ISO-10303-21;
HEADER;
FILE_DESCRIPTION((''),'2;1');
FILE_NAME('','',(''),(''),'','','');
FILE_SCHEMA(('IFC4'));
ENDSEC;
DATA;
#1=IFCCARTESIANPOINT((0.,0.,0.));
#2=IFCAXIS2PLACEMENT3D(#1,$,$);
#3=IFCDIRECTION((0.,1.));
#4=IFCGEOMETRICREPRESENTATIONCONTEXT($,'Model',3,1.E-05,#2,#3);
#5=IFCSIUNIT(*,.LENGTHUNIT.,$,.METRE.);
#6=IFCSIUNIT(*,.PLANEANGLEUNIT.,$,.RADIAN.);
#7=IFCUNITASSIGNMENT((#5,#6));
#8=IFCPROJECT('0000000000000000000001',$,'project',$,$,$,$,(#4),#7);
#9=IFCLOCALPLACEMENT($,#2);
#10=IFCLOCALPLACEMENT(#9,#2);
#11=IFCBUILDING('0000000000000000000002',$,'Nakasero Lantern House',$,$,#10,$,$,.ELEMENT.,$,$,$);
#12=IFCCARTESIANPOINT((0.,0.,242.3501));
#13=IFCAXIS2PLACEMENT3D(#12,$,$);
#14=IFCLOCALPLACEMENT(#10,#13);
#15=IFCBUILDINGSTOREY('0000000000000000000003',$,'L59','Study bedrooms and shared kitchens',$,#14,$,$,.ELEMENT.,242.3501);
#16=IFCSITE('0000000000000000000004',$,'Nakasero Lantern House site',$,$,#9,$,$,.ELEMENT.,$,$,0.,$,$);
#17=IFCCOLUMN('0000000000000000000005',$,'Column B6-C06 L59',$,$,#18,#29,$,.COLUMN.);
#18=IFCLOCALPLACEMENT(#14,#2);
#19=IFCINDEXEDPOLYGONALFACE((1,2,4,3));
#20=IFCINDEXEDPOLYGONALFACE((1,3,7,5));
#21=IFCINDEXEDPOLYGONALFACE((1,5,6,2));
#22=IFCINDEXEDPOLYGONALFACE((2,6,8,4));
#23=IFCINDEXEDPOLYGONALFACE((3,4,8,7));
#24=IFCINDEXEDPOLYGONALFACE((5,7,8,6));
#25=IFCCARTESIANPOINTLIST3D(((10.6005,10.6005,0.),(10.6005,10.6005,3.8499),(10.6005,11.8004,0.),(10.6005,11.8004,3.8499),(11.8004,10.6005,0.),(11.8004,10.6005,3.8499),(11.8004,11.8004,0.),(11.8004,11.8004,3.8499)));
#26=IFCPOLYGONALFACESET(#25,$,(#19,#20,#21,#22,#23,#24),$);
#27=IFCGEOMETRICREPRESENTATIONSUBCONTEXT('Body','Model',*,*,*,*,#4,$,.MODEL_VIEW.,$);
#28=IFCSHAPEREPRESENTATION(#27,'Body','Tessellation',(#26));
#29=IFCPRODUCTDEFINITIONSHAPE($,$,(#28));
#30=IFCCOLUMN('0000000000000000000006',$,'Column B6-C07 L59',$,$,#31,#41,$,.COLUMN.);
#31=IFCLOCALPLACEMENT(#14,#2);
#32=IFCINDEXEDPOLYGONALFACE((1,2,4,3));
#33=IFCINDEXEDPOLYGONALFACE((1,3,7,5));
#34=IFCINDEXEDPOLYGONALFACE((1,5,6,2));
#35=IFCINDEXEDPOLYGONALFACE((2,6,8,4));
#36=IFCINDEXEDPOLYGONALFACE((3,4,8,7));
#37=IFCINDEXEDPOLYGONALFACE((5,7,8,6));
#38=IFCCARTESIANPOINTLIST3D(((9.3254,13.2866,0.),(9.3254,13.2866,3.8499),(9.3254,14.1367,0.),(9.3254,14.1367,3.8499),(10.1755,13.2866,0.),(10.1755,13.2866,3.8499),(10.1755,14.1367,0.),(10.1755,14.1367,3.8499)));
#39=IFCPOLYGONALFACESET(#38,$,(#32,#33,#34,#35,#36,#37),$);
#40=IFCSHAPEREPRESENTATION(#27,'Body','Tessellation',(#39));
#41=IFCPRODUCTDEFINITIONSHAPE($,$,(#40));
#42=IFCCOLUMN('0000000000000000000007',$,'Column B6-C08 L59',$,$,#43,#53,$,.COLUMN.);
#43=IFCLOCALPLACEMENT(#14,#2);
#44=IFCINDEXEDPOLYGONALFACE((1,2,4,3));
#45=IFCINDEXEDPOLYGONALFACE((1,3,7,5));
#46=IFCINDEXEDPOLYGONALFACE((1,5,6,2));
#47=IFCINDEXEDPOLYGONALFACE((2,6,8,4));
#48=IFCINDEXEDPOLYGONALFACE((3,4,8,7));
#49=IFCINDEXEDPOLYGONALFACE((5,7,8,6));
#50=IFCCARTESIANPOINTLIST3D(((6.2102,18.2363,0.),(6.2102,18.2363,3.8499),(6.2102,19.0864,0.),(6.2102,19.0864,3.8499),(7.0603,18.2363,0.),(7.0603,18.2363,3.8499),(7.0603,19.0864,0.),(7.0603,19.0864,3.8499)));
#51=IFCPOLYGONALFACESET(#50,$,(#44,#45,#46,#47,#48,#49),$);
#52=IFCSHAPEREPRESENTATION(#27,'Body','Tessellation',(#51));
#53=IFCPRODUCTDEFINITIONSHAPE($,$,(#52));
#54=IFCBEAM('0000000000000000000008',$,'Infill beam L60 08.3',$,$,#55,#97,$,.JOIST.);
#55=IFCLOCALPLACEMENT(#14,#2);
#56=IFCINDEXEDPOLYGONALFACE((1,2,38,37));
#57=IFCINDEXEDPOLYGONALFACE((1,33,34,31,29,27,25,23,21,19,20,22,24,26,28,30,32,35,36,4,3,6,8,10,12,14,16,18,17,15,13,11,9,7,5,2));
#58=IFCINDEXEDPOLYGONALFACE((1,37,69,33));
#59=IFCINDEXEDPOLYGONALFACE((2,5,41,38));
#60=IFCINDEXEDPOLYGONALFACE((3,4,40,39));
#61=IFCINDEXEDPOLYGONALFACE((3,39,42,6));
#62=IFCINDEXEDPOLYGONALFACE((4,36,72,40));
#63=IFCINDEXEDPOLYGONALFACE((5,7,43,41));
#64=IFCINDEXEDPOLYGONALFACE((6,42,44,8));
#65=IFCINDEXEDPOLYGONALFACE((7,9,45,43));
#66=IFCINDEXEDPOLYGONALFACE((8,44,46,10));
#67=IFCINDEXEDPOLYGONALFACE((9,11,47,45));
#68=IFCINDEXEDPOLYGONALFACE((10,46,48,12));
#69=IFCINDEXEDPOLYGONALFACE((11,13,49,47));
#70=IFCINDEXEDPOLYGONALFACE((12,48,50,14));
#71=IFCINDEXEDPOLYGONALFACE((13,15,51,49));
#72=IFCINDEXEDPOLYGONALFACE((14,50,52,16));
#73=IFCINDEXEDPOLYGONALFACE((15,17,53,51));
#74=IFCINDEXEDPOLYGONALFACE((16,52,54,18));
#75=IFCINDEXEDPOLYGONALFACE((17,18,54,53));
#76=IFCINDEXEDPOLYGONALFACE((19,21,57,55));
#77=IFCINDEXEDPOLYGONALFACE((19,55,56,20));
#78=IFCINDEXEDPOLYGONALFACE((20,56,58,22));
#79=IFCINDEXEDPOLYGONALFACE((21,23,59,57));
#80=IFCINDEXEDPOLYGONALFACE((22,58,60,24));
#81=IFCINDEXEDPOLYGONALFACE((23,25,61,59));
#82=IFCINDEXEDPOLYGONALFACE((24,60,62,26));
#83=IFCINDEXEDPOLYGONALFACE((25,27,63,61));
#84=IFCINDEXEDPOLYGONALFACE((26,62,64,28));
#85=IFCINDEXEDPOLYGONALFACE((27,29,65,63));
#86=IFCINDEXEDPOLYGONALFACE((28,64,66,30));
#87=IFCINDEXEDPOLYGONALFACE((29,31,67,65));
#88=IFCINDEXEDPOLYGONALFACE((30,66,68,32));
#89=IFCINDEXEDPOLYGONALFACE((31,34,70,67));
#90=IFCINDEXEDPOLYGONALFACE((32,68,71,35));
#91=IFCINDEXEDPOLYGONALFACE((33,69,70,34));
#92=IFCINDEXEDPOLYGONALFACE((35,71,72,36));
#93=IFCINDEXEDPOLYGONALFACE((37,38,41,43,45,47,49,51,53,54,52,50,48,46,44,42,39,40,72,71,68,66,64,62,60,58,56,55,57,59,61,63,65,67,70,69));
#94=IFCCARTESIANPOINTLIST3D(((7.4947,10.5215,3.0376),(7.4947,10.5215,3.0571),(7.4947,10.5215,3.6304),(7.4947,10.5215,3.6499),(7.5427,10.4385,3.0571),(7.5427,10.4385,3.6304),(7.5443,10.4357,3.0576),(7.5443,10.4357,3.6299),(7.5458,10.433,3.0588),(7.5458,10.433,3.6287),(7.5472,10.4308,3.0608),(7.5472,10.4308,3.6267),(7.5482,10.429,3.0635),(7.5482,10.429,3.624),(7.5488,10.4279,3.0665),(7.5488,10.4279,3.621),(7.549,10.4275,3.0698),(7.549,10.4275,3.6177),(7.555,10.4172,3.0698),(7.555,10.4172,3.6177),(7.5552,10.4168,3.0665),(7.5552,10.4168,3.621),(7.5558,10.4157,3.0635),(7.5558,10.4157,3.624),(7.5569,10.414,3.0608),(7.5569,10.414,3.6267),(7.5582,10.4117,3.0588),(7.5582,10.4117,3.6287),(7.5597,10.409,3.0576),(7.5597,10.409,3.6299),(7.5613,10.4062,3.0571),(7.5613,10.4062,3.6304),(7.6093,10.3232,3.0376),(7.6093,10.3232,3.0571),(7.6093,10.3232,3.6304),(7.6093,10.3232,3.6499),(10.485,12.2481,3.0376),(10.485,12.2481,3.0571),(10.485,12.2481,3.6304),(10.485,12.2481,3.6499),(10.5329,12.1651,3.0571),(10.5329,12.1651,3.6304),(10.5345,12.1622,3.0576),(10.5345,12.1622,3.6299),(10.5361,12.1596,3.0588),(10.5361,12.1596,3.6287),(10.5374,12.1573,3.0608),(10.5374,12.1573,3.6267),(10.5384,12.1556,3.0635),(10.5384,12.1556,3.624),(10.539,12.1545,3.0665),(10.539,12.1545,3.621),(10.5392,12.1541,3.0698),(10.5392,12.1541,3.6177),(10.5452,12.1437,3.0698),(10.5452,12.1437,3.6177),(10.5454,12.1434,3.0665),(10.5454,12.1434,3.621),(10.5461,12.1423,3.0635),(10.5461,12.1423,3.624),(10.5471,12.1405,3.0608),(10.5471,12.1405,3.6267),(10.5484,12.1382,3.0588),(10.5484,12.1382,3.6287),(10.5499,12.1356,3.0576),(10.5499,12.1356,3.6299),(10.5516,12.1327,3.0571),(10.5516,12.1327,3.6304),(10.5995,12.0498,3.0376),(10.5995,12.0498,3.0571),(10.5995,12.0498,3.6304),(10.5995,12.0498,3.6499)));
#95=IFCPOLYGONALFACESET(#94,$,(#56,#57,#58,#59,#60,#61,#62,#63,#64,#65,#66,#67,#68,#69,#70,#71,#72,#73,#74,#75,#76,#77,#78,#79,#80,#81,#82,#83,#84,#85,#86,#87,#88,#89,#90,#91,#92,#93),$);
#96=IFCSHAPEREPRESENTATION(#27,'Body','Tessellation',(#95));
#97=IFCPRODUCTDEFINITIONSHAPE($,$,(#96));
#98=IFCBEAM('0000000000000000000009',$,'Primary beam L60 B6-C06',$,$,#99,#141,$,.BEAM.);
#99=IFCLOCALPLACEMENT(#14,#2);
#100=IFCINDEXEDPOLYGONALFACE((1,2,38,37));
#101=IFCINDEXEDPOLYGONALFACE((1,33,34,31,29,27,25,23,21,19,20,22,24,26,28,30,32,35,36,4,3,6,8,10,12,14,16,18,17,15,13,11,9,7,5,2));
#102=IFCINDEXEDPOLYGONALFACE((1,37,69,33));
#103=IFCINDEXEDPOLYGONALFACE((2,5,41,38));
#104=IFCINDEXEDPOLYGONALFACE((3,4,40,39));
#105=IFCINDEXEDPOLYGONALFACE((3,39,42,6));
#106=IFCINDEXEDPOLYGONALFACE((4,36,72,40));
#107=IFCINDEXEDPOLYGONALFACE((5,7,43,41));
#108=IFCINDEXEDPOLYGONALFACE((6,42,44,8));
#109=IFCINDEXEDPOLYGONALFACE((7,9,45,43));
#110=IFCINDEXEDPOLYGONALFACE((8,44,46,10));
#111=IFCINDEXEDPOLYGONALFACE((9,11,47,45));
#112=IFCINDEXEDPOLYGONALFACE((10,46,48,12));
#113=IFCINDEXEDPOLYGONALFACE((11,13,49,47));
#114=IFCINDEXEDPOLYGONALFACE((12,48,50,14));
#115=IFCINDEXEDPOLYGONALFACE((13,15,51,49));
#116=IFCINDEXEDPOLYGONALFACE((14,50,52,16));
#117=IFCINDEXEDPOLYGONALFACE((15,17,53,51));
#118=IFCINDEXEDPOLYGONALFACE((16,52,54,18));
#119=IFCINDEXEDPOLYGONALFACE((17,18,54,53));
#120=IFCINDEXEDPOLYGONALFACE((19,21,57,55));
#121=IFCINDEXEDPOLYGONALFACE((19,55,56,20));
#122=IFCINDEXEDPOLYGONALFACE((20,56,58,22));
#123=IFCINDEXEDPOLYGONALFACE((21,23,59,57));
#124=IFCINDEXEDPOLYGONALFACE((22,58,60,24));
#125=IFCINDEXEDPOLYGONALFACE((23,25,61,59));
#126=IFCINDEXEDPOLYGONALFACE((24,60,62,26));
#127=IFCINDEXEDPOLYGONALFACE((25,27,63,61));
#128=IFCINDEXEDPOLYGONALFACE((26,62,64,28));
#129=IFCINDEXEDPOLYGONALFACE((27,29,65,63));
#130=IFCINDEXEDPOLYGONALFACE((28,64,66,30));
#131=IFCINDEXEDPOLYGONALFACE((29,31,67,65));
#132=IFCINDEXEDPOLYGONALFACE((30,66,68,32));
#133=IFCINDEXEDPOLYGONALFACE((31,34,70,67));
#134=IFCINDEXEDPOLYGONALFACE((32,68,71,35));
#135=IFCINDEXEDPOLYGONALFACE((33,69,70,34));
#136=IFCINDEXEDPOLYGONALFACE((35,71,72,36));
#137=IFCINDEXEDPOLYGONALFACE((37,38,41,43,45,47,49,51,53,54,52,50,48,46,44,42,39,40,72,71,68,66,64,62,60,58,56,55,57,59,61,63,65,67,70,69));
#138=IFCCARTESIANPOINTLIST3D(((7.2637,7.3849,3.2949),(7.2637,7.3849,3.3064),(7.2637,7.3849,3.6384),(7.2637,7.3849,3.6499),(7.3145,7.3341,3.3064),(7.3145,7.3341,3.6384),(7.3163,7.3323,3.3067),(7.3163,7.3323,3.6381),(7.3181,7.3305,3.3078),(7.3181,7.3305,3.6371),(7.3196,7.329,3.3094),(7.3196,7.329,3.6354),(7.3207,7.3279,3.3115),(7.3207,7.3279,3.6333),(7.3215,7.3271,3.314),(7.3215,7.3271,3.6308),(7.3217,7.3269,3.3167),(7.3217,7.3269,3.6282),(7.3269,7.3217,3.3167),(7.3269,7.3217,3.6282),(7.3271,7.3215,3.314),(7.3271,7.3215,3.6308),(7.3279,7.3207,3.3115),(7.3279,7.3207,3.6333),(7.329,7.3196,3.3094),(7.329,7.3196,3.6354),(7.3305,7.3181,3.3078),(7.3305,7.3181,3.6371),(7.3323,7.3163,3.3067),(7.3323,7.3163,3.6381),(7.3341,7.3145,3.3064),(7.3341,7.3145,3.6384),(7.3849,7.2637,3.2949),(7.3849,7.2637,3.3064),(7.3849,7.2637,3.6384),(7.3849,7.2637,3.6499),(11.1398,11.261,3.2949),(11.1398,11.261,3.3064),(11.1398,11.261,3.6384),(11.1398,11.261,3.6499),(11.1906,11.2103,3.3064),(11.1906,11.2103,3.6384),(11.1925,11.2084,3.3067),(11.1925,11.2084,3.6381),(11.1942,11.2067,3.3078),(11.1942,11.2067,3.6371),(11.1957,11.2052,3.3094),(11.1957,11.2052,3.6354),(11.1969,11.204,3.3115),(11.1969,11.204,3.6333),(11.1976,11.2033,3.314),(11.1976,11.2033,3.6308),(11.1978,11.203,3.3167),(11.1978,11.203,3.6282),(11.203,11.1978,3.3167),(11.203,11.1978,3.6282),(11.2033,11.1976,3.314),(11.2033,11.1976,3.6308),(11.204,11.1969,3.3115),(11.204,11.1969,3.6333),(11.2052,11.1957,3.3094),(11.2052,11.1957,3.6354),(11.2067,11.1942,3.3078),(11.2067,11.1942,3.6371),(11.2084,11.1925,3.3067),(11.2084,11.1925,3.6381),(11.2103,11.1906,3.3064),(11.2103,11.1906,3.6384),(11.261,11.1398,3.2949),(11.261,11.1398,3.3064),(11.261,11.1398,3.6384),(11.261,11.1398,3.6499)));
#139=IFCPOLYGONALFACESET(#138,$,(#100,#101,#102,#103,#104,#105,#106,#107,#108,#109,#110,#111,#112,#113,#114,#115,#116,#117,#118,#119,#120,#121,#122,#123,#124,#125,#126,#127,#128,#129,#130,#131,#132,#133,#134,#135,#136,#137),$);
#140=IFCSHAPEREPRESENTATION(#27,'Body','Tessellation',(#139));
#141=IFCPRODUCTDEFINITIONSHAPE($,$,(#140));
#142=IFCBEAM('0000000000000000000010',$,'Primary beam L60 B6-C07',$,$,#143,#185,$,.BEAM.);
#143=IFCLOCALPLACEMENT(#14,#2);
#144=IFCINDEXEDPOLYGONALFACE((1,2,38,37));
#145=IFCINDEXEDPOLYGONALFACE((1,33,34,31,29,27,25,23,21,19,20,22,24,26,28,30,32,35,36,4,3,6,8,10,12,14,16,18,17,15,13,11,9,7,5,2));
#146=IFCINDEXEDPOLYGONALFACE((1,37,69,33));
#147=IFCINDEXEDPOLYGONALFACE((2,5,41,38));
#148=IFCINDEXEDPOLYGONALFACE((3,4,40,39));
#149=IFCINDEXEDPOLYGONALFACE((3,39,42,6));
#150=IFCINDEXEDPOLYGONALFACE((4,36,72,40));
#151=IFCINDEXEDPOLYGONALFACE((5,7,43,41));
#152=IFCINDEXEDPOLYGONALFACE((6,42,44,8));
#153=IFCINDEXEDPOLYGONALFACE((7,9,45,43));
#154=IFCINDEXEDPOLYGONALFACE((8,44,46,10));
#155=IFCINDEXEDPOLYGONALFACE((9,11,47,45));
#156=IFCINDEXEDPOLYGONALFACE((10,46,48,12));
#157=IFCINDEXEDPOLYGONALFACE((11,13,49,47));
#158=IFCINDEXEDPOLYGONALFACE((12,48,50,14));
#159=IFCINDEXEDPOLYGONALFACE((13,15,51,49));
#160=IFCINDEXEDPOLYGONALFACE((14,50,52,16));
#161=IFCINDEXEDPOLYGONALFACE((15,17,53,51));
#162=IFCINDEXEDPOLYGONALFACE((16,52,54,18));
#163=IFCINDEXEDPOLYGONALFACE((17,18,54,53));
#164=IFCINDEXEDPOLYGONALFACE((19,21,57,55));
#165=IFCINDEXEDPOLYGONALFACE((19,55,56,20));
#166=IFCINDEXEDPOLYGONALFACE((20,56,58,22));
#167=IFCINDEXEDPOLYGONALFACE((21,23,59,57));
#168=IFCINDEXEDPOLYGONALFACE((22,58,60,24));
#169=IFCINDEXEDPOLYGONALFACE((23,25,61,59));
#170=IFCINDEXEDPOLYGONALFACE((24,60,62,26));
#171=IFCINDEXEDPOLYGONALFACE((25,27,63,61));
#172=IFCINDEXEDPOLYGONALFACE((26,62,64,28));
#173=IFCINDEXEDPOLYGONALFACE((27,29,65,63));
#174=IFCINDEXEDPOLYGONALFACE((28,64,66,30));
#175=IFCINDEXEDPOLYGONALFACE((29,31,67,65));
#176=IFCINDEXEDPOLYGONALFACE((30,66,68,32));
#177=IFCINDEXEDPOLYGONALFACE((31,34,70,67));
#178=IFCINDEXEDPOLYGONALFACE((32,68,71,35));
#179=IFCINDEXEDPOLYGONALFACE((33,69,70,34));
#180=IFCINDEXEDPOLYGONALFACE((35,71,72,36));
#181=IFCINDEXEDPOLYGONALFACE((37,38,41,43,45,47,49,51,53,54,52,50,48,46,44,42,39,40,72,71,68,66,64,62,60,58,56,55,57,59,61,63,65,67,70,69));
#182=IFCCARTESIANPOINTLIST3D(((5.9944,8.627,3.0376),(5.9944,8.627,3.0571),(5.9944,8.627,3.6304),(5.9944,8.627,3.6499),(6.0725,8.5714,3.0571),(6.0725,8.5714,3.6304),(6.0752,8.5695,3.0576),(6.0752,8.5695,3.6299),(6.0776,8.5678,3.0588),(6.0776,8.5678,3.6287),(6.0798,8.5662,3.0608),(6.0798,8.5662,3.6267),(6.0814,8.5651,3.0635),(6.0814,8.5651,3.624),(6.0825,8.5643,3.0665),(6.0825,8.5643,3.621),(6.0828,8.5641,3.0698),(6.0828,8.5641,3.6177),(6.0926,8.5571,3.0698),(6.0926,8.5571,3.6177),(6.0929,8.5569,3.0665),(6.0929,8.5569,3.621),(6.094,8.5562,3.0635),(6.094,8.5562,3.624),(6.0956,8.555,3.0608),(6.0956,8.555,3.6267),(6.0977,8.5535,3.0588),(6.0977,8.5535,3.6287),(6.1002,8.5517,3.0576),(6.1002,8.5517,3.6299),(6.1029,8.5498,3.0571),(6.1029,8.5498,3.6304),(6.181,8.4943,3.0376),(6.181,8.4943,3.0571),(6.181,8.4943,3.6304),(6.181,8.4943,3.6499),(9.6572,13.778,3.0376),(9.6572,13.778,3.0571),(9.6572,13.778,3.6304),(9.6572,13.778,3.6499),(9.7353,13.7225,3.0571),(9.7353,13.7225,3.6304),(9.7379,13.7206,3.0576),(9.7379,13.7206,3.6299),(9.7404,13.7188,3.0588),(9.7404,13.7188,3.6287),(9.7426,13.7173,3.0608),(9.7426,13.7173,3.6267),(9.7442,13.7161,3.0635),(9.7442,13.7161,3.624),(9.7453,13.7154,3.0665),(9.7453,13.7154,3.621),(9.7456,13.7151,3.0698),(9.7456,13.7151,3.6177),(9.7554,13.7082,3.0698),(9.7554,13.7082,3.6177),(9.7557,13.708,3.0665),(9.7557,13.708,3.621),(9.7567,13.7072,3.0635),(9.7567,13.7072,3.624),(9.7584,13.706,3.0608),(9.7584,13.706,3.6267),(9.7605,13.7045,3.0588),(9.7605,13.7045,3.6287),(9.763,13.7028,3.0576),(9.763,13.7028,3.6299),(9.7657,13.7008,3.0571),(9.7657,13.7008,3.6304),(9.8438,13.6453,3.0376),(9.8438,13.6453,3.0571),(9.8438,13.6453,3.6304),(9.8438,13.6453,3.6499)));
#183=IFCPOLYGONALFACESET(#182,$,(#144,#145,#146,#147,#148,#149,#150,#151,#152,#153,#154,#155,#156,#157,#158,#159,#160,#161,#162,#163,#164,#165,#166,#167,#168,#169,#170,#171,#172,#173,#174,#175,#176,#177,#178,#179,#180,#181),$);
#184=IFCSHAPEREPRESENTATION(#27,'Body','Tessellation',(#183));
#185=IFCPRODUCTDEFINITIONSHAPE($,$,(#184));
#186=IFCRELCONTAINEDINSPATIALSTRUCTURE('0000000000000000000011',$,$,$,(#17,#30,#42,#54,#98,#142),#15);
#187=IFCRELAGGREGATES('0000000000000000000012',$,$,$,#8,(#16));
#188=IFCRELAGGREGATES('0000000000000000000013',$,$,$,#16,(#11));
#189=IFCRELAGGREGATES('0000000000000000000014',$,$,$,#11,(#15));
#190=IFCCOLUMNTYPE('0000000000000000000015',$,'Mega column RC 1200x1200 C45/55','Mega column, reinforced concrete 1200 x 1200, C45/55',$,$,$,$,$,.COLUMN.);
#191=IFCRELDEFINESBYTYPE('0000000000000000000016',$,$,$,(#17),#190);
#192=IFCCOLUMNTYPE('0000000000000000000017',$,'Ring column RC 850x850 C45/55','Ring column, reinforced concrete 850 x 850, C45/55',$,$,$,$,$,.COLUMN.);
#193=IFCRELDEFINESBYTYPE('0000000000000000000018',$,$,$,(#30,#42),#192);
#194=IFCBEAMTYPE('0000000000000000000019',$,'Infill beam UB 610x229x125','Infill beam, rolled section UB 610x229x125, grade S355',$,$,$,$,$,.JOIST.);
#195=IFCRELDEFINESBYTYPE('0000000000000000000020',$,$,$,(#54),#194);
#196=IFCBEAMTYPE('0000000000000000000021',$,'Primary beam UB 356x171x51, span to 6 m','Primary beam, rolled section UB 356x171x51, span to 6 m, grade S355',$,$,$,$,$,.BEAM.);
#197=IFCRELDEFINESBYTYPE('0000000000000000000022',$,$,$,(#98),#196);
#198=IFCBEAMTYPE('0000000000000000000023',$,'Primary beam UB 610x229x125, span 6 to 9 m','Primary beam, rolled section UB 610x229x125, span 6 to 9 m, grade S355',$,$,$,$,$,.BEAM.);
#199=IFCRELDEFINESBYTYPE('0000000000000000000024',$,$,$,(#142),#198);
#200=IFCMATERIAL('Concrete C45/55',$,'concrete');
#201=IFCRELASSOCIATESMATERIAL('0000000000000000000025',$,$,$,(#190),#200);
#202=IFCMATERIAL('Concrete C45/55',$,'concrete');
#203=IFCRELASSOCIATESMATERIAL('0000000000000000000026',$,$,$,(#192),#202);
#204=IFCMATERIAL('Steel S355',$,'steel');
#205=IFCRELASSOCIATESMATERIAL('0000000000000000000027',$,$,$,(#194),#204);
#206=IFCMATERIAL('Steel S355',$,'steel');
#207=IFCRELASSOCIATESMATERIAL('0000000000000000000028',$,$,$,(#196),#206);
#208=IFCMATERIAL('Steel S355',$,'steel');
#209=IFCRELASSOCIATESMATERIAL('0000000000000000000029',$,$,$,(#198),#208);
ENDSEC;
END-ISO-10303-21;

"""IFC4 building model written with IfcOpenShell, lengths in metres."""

from ifc_helpers import new_model, si_unit, direction, frame, origin, origin_2d, place, context, subcontext, project, spatial, rectangle, i_section, extrude, material, material_profile, profile_set, type_object, element, save


model = new_model("IFC4")

# Units and contexts
model_context = context("Model", 3, precision=1e-05, world=origin(), true_north=direction((0.0, 1.0)))
body_context = subcontext(model_context, "Body", "Model", "MODEL_VIEW")
ifc_project = project(units=[si_unit("LENGTHUNIT", "METRE"), si_unit("PLANEANGLEUNIT", "RADIAN")], contexts=[model_context])

# Site, building, storey
site_placement = place(None, origin())
site = spatial("IfcSite", under=ifc_project, at=site_placement, Name="Nakasero Lantern House site", CompositionType="ELEMENT", RefElevation=0.0)
building_placement = place(site_placement, origin())
building = spatial("IfcBuilding", under=site, at=building_placement, Name="Nakasero Lantern House", CompositionType="ELEMENT")
storey_placement = place(building_placement, frame((0.0, 0.0, 242.3501)))
storey = spatial("IfcBuildingStorey", under=building, at=storey_placement, Name="L59", Description="Study bedrooms and shared kitchens", CompositionType="ELEMENT", Elevation=242.3501)

# Columns
ifc_material_1 = material(Name="Concrete C45/55", Category="concrete")
ifc_material_profile_1 = material_profile(ifc_material_1, rectangle(XDim=1.2, YDim=1.2, at=origin_2d()), Name="RC 1200x1200")
ifc_profile_set_1 = profile_set([ifc_material_profile_1], Name="Concrete C45/55")
column_type_1 = type_object("IfcColumnType", Name="Mega column RC 1200x1200 C45/55", Description="Mega column, reinforced concrete 1200 x 1200, C45/55", PredefinedType="COLUMN", material=ifc_profile_set_1)
column_placement = place(storey_placement, frame((11.2004, 11.2004, 0.0), z_axis=(0.0, 0.0, 1.0), x_axis=(1.0, 0.0, 0.0)))
element("IfcColumn", 1, at=column_placement, inside=storey, type_object=column_type_1, Name="Column B6-C06 L59", PredefinedType="COLUMN", context=body_context, shape_type="SweptSolid", body=[
    extrude(rectangle(XDim=1.2, YDim=1.2, at=origin_2d()), origin(), (0.0, 0.0, 1.0), 3.8499),
])
ifc_material_2 = material(Name="Concrete C45/55", Category="concrete")
ifc_material_profile_2 = material_profile(ifc_material_2, rectangle(XDim=0.8501, YDim=0.8501, at=origin_2d()), Name="RC 850x850")
ifc_profile_set_2 = profile_set([ifc_material_profile_2], Name="Concrete C45/55")
column_type_2 = type_object("IfcColumnType", Name="Ring column RC 850x850 C45/55", Description="Ring column, reinforced concrete 850 x 850, C45/55", PredefinedType="COLUMN", material=ifc_profile_set_2)
for number, where, z_axis, x_axis, name in (
    (2, (9.7505, 13.7117, 0.0), (0.0, 0.0, 1.0), (1.0, 0.0, 0.0), "Column B6-C07 L59"),
    (3, (6.6353, 18.6614, 0.0), (0.0, 0.0, 1.0), (1.0, 0.0, 0.0), "Column B6-C08 L59"),
):
    element("IfcColumn", number, at=place(storey_placement, frame(where, z_axis=z_axis, x_axis=x_axis)), inside=storey, type_object=column_type_2, Name=name, PredefinedType="COLUMN", context=body_context, shape_type="SweptSolid", body=[
        extrude(rectangle(XDim=0.8501, YDim=0.8501, at=origin_2d()), origin(), (0.0, 0.0, 1.0), 3.8499),
    ])

# Beams
ifc_material_3 = material(Name="Steel S355", Category="steel")
ifc_material_profile_3 = material_profile(ifc_material_3, i_section(OverallWidth=0.229, OverallDepth=0.6123, WebThickness=0.012, FlangeThickness=0.0195, FilletRadius=0.0127, at=origin_2d()), Name="UB 610x229x125")
ifc_profile_set_3 = profile_set([ifc_material_profile_3], Name="Steel S355")
beam_type_1 = type_object("IfcBeamType", Name="Infill beam UB 610x229x125", Description="Infill beam, rolled section UB 610x229x125, grade S355", PredefinedType="JOIST", material=ifc_profile_set_3)
beam_1_placement = place(storey_placement, frame((7.552, 10.4224, 3.3438), z_axis=(0.866007, 0.500033, 0.0), x_axis=(-0.500033, 0.866007, 0.0)))
element("IfcBeam", 4, at=beam_1_placement, inside=storey, type_object=beam_type_1, Name="Infill beam L60 08.3", PredefinedType="JOIST", context=body_context, shape_type="SweptSolid", body=[
    extrude(i_section(OverallWidth=0.229, OverallDepth=0.6123, WebThickness=0.012, FlangeThickness=0.0195, FilletRadius=0.0127, at=origin_2d()), origin(), (0.0, 0.0, 1.0), 3.4529),
])
ifc_material_4 = material(Name="Steel S355", Category="steel")
ifc_material_profile_4 = material_profile(ifc_material_4, i_section(OverallWidth=0.1714, OverallDepth=0.355, WebThickness=0.0073, FlangeThickness=0.0115, FilletRadius=0.0103, at=origin_2d()), Name="UB 356x171x51")
ifc_profile_set_4 = profile_set([ifc_material_profile_4], Name="Steel S355")
beam_type_2 = type_object("IfcBeamType", Name="Primary beam UB 356x171x51, span to 6 m", Description="Primary beam, rolled section UB 356x171x51, span to 6 m, grade S355", PredefinedType="BEAM", material=ifc_profile_set_4)
beam_2_placement = place(storey_placement, frame((11.2004, 11.2004, 3.4724), z_axis=(-0.707107, -0.707107, 0.0), x_axis=(0.707107, -0.707107, 0.0)))
element("IfcBeam", 5, at=beam_2_placement, inside=storey, type_object=beam_type_2, Name="Primary beam L60 B6-C06", PredefinedType="BEAM", context=body_context, shape_type="SweptSolid", body=[
    extrude(i_section(OverallWidth=0.1714, OverallDepth=0.355, WebThickness=0.0073, FlangeThickness=0.0115, FilletRadius=0.0103, at=origin_2d()), origin(), (0.0, 0.0, 1.0), 5.4817),
])
ifc_material_5 = material(Name="Steel S355", Category="steel")
ifc_material_profile_5 = material_profile(ifc_material_5, i_section(OverallWidth=0.229, OverallDepth=0.6123, WebThickness=0.012, FlangeThickness=0.0195, FilletRadius=0.0127, at=origin_2d()), Name="UB 610x229x125")
ifc_profile_set_5 = profile_set([ifc_material_profile_5], Name="Steel S355")
beam_type_3 = type_object("IfcBeamType", Name="Primary beam UB 610x229x125, span 6 to 9 m", Description="Primary beam, rolled section UB 610x229x125, span 6 to 9 m, grade S355", PredefinedType="BEAM", material=ifc_profile_set_5)
beam_3_placement = place(storey_placement, frame((9.7505, 13.7117, 3.3438), z_axis=(-0.579505, -0.814969, 0.0), x_axis=(0.814969, -0.579505, 0.0)))
element("IfcBeam", 6, at=beam_3_placement, inside=storey, type_object=beam_type_3, Name="Primary beam L60 B6-C07", PredefinedType="BEAM", context=body_context, shape_type="SweptSolid", body=[
    extrude(i_section(OverallWidth=0.229, OverallDepth=0.6123, WebThickness=0.012, FlangeThickness=0.0195, FilletRadius=0.0127, at=origin_2d()), origin(), (0.0, 0.0, 1.0), 6.3206),
])

save(model, "model.ifc")
